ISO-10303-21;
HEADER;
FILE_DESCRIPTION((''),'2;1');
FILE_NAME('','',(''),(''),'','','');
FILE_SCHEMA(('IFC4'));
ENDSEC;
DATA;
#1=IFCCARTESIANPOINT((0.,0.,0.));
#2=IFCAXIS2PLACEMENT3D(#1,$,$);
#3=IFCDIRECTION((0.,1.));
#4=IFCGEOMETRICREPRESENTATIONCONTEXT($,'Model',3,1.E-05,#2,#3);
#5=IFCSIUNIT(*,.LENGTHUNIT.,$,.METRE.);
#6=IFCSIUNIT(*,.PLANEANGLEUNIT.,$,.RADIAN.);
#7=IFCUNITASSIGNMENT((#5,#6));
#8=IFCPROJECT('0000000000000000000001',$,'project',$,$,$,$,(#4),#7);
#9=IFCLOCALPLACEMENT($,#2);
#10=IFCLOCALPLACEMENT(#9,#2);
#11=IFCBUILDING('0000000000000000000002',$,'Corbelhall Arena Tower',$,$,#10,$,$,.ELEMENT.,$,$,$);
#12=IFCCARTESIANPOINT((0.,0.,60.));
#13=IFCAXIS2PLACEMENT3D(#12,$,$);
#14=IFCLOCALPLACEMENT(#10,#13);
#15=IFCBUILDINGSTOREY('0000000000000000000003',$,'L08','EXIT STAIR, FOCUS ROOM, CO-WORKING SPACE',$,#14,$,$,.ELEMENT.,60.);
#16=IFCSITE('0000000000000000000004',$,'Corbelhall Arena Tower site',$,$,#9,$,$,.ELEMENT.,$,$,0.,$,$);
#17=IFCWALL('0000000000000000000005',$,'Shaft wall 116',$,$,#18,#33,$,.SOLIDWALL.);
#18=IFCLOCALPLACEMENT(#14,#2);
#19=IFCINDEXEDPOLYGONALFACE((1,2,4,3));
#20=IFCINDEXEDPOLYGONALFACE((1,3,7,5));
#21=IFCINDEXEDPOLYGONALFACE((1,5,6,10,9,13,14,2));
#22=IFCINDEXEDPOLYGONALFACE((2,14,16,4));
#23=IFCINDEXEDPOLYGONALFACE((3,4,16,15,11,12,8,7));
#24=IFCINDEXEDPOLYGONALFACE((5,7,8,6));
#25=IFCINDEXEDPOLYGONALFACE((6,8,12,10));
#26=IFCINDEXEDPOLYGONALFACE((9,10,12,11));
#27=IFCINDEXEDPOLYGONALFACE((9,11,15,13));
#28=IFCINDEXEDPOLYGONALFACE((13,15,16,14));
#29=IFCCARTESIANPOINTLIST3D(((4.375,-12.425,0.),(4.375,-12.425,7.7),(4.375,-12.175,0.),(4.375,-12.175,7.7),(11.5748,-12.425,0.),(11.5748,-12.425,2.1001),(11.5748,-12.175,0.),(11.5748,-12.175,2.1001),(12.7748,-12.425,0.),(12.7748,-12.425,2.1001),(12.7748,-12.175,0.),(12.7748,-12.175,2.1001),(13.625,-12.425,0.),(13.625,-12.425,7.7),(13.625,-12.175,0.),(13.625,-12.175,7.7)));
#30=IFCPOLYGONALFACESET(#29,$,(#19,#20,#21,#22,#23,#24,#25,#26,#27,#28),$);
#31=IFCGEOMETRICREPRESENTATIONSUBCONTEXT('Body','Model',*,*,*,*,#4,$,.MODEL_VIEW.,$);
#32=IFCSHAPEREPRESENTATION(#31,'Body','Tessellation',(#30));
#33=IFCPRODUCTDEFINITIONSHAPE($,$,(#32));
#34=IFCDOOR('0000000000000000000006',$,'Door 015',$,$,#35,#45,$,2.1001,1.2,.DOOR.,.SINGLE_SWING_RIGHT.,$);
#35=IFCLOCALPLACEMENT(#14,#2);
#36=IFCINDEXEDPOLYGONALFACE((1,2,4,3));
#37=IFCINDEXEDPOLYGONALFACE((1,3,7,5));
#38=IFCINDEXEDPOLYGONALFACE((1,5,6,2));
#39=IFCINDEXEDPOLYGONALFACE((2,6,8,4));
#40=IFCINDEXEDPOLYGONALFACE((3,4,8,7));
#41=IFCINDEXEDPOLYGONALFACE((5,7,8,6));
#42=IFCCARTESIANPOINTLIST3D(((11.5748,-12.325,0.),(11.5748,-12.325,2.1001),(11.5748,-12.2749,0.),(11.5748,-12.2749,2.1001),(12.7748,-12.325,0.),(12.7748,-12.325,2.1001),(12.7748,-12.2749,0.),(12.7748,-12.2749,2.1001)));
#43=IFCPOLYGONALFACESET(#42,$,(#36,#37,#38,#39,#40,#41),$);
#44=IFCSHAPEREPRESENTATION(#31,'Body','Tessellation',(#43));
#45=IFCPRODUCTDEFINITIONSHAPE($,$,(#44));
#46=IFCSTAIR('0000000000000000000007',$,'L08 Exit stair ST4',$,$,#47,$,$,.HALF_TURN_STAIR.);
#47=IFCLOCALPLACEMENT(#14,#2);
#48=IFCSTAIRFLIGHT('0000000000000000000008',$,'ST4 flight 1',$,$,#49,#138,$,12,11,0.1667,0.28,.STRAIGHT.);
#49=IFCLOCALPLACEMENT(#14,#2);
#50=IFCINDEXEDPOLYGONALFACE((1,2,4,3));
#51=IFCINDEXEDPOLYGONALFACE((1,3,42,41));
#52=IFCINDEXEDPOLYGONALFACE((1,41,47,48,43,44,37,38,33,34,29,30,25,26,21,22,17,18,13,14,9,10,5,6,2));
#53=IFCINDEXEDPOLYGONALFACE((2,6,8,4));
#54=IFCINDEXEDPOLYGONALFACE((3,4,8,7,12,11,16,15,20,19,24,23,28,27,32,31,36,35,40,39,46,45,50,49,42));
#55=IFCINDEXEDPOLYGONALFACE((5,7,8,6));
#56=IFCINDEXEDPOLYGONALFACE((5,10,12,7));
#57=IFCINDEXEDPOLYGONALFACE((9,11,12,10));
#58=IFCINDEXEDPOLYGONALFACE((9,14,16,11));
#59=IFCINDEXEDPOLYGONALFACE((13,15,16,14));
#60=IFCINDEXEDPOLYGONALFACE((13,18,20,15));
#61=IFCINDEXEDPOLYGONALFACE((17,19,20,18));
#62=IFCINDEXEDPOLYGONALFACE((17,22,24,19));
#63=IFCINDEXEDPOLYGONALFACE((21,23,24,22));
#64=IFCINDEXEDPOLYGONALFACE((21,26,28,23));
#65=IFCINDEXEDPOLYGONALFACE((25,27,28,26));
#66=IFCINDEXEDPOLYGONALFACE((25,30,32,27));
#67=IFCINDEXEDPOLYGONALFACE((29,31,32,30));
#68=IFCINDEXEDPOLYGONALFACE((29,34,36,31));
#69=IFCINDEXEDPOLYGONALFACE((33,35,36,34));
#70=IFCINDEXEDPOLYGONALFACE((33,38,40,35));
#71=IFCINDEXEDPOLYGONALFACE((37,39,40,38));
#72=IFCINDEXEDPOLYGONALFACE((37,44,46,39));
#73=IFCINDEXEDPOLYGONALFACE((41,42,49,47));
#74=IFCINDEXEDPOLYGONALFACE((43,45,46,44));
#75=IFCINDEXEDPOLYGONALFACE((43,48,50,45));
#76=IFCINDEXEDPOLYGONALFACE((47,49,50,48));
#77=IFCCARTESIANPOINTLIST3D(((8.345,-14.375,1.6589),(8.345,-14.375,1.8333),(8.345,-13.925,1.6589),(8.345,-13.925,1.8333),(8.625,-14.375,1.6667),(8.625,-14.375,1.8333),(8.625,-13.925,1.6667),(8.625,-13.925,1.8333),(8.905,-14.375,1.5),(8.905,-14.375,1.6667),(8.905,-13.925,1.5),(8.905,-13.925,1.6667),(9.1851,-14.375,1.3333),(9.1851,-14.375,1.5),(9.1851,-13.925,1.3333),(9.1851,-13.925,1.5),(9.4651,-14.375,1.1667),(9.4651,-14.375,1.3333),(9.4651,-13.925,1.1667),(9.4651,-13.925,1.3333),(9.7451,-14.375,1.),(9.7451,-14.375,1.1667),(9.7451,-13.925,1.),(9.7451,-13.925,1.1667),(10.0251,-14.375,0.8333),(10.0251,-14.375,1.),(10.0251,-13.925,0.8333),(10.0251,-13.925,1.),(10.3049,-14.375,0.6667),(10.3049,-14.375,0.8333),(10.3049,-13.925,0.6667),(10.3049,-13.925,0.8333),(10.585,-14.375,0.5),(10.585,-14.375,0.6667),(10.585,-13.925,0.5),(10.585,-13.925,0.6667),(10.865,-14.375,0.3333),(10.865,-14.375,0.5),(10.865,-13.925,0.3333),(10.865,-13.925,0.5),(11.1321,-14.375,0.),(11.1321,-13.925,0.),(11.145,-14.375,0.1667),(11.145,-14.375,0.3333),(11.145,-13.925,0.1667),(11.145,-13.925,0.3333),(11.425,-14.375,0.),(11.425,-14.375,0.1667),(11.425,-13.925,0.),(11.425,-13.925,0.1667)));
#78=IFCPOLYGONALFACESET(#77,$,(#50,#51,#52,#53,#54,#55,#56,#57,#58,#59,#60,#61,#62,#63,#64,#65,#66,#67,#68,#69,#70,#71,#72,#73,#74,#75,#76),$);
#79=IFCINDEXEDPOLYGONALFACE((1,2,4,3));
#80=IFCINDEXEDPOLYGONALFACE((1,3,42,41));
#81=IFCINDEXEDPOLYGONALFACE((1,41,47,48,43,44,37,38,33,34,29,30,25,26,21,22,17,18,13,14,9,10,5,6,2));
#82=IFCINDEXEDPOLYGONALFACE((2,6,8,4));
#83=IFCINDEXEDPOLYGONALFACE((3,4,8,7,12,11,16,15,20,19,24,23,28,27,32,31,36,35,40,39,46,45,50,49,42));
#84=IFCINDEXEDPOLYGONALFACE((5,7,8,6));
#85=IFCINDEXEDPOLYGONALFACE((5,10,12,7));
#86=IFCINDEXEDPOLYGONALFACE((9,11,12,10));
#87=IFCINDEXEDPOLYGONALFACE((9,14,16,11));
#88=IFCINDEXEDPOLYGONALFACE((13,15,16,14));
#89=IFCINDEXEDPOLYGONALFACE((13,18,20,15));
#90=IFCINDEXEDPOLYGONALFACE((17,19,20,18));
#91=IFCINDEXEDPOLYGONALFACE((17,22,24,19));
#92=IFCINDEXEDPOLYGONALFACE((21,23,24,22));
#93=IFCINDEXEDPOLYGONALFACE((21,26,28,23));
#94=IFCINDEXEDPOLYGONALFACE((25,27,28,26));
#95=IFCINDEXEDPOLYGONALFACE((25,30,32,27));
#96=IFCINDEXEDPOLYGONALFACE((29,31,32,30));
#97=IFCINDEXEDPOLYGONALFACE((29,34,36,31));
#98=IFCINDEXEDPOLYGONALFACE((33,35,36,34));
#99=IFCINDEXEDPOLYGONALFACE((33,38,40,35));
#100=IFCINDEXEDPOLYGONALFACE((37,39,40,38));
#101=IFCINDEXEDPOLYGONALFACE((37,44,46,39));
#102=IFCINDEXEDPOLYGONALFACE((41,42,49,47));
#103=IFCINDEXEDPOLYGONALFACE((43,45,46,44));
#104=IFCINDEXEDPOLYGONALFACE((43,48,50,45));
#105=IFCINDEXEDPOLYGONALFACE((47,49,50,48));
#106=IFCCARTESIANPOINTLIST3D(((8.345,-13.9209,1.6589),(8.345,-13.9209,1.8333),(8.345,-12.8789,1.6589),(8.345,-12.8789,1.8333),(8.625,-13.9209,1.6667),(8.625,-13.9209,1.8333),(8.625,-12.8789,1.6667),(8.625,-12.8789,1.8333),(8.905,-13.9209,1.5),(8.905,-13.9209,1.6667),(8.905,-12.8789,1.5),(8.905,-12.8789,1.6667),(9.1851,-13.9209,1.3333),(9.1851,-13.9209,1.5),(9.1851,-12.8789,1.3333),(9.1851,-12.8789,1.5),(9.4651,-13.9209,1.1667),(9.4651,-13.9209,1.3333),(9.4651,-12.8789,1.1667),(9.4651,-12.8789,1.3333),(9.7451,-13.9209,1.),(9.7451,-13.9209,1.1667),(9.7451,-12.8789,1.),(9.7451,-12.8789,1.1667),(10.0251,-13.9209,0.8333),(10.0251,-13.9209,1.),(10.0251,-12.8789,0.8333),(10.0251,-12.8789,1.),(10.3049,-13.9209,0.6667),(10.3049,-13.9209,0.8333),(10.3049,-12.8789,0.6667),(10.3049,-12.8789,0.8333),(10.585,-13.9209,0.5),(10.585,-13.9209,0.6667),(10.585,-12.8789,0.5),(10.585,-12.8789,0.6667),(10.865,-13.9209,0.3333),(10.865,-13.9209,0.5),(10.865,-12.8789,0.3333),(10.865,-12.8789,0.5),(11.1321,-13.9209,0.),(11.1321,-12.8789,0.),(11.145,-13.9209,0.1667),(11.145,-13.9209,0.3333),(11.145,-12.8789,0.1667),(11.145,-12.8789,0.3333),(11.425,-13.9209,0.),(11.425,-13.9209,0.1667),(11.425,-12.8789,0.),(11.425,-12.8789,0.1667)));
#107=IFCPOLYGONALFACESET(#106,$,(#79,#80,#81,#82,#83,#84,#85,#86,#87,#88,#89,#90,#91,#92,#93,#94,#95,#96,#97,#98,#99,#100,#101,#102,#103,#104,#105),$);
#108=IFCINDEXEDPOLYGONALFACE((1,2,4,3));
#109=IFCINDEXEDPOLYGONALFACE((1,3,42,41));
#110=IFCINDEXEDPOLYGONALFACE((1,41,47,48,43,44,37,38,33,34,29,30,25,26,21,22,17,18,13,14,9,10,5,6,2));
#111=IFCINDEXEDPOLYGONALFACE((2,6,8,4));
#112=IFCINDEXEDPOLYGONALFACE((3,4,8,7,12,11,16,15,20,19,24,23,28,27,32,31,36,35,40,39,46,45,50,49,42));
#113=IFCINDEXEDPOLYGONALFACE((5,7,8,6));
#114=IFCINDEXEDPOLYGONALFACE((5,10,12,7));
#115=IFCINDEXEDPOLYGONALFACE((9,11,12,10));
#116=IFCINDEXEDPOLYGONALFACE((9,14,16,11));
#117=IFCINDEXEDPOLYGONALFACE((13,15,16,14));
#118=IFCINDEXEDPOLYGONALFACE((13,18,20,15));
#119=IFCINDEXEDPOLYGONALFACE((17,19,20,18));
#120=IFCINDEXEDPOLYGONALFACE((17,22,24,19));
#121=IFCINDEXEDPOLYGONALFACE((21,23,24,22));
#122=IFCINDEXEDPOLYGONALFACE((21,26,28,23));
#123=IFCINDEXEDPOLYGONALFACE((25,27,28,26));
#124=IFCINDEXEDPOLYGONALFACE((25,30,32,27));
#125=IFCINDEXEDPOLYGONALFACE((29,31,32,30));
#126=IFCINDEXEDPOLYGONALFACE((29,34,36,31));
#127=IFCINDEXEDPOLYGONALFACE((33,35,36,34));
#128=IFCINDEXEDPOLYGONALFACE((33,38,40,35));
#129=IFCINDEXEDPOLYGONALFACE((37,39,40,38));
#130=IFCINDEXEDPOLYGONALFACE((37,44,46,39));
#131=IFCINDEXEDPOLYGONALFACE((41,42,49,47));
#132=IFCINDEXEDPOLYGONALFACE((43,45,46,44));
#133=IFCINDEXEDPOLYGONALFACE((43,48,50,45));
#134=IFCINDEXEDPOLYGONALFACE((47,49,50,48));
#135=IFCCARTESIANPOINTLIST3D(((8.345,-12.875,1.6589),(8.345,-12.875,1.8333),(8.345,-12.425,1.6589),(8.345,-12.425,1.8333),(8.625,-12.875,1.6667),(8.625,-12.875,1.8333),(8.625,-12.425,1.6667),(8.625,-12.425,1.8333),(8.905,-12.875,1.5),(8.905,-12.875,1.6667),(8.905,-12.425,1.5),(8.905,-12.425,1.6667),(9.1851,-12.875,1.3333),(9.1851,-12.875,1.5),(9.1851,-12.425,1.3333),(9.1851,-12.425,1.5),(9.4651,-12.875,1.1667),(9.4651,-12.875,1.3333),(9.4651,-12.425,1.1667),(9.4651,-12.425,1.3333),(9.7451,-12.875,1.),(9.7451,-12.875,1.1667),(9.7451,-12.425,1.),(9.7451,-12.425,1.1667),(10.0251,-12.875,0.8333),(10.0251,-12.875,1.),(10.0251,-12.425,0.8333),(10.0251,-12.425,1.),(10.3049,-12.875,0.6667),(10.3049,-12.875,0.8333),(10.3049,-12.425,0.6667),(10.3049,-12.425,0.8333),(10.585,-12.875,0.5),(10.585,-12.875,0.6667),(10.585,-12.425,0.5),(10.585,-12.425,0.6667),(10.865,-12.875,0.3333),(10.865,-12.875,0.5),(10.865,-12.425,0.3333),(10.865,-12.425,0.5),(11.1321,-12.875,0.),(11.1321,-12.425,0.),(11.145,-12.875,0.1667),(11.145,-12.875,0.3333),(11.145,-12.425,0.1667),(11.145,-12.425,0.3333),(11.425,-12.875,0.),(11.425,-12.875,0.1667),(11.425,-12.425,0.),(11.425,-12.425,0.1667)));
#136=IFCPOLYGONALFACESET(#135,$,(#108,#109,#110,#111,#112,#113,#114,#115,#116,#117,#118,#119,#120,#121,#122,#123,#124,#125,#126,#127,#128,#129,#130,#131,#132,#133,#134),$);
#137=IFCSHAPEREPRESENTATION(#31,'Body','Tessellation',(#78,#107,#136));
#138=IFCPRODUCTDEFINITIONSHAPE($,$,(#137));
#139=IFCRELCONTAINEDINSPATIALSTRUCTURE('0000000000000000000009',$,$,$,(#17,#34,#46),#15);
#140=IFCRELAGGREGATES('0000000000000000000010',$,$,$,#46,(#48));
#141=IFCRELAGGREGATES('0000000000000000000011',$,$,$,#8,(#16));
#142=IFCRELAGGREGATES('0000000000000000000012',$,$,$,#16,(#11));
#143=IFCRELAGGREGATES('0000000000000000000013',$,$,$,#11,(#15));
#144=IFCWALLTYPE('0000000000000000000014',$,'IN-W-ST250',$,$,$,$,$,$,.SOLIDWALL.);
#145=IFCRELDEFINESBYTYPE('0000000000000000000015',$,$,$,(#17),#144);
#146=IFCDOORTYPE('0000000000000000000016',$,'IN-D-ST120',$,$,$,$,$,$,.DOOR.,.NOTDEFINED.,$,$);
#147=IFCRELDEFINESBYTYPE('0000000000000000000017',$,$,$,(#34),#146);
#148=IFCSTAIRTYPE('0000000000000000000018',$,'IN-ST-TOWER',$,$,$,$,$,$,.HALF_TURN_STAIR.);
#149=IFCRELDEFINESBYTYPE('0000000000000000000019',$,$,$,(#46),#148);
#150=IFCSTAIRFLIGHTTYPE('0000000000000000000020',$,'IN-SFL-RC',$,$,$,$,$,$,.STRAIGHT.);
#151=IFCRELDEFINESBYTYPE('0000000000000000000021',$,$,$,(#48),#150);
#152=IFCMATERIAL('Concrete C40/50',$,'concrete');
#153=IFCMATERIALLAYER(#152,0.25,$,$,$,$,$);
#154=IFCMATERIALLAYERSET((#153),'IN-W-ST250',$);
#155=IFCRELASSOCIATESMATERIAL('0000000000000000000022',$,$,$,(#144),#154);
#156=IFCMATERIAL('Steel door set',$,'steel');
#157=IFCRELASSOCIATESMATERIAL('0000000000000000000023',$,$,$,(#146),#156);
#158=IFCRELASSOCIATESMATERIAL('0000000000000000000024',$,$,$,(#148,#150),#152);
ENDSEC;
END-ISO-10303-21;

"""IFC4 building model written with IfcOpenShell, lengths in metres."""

from ifc_helpers import new_model, si_unit, direction, frame, frame_2d, origin, place, context, subcontext, project, spatial, polyline, rectangle, outline, extrude, material, layer, layer_set, type_object, element, fill, aggregate, save


model = new_model("IFC4")

# Units and contexts
model_context = context("Model", 3, precision=1e-05, world=origin(), true_north=direction((0.0, 1.0)))
body_context = subcontext(model_context, "Body", "Model", "MODEL_VIEW")
ifc_project = project(units=[si_unit("LENGTHUNIT", "METRE"), si_unit("PLANEANGLEUNIT", "RADIAN")], contexts=[model_context])

# Site, building, storey
site_placement = place(None, origin())
site = spatial("IfcSite", under=ifc_project, at=site_placement, Name="Corbelhall Arena Tower site", CompositionType="ELEMENT", RefElevation=0.0)
building_placement = place(site_placement, origin())
building = spatial("IfcBuilding", under=site, at=building_placement, Name="Corbelhall Arena Tower", CompositionType="ELEMENT")
storey_placement = place(building_placement, frame((0.0, 0.0, 60.0)))
storey = spatial("IfcBuildingStorey", under=building, at=storey_placement, Name="L08", Description="EXIT STAIR, FOCUS ROOM, CO-WORKING SPACE", CompositionType="ELEMENT", Elevation=60.0)

# Shared definitions
ifc_material_1 = material(Name="Steel door set", Category="steel")

# Shared definitions
ifc_material_2 = material(Name="Concrete C40/50", Category="concrete")
ifc_layer_1 = layer(ifc_material_2, 0.25)
ifc_layer_set_1 = layer_set([ifc_layer_1], Name="IN-W-ST250")
wall_type_1 = type_object("IfcWallType", Name="IN-W-ST250", PredefinedType="SOLIDWALL", material=ifc_layer_set_1)

# Wall, opening, door
wall_1_placement = place(storey_placement, frame((13.625, -12.3, 0.0), z_axis=(0.0, 0.0, 1.0), x_axis=(-1.0, 0.0, 0.0)))
wall_1 = element("IfcWall", 1, at=wall_1_placement, inside=storey, type_object=wall_type_1, Name="Shaft wall 116", PredefinedType="SOLIDWALL", context=body_context, shape_type="SweptSolid", body=[
    extrude(rectangle(XDim=9.25, YDim=0.25, at=frame_2d((4.625, 0.0))), origin(), (0.0, 0.0, 1.0), 7.7),
])
opening_1_placement = place(wall_1_placement, frame((0.8501, 0.0, 0.0)))
opening_1 = element("IfcOpeningElement", 2, at=opening_1_placement, cuts=wall_1, PredefinedType="OPENING", context=body_context, shape_type="SweptSolid", body=[
    extrude(rectangle(XDim=1.2, YDim=2.1001, at=frame_2d((0.6001, 1.05))), frame((0.0, 0.125, 0.0), z_axis=(0.0, -1.0, 0.0), x_axis=(1.0, 0.0, 0.0)), (0.0, 0.0, 1.0), 0.25),
])
door_type_1 = type_object("IfcDoorType", Name="IN-D-ST120", OperationType="NOTDEFINED", PredefinedType="DOOR", material=ifc_material_1)
door_1_placement = place(opening_1_placement, origin())
door_1 = element("IfcDoor", 3, at=door_1_placement, inside=storey, type_object=door_type_1, Name="Door 015", OperationType="SINGLE_SWING_RIGHT", OverallHeight=2.1001, OverallWidth=1.2, PredefinedType="DOOR", context=body_context, shape_type="SweptSolid", body=[
    extrude(rectangle(XDim=1.2, YDim=2.1001, at=frame_2d((0.6001, 1.05))), frame((0.0, 0.0249, 0.0), z_axis=(0.0, -1.0, 0.0), x_axis=(1.0, 0.0, 0.0)), (0.0, 0.0, 1.0), 0.05),
])
fill(opening_1, door_1)

# Stair, stair flight
stair_type = type_object("IfcStairType", Name="IN-ST-TOWER", PredefinedType="HALF_TURN_STAIR", material=ifc_material_2)
stair_placement = place(storey_placement, origin())
stair = element("IfcStair", 4, at=stair_placement, inside=storey, type_object=stair_type, Name="L08 Exit stair ST4", PredefinedType="HALF_TURN_STAIR")
stair_flight_type = type_object("IfcStairFlightType", Name="IN-SFL-RC", PredefinedType="STRAIGHT", material=ifc_material_2)
stair_flight_1_placement = place(storey_placement, frame((11.425, -13.3999, 0.0), z_axis=(0.0, 0.0, 1.0), x_axis=(-1.0, 0.0, 0.0)))
stair_flight_1 = element("IfcStairFlight", 5, at=stair_flight_1_placement, type_object=stair_flight_type, Name="ST4 flight 1", NumberOfRisers=12, NumberOfTreads=11, PredefinedType="STRAIGHT", RiserHeight=0.1667, TreadLength=0.28, context=body_context, shape_type="SweptSolid", body=[
    extrude(outline(polyline([(0.0, 0.0), (0.0, 0.1667), (0.28, 0.1667), (0.28, 0.3333), (0.5601, 0.3333), (0.5601, 0.5), (0.8401, 0.5), (0.8401, 0.6667), (1.1201, 0.6667), (1.1201, 0.8333), (1.3999, 0.8333), (1.3999, 1.0), (1.6799, 1.0), (1.6799, 1.1667), (1.96, 1.1667), (1.96, 1.3333), (2.24, 1.3333), (2.24, 1.5), (2.52, 1.5), (2.52, 1.6667), (2.8, 1.6667), (2.8, 1.8333), (3.0801, 1.8333), (3.0801, 2.0), (3.0801, 1.6589), (0.293, 0.0), (0.0, 0.0)])), frame((0.0, 0.9751, 0.0), z_axis=(0.0, -1.0, 0.0), x_axis=(1.0, 0.0, 0.0)), (0.0, 0.0, 1.0), 0.45),
    extrude(outline(polyline([(0.0, 0.0), (0.0, 0.1667), (0.28, 0.1667), (0.28, 0.3333), (0.5601, 0.3333), (0.5601, 0.5), (0.8401, 0.5), (0.8401, 0.6667), (1.1201, 0.6667), (1.1201, 0.8333), (1.3999, 0.8333), (1.3999, 1.0), (1.6799, 1.0), (1.6799, 1.1667), (1.96, 1.1667), (1.96, 1.3333), (2.24, 1.3333), (2.24, 1.5), (2.52, 1.5), (2.52, 1.6667), (2.8, 1.6667), (2.8, 1.8333), (3.0801, 1.8333), (3.0801, 2.0), (3.0801, 1.6589), (0.293, 0.0), (0.0, 0.0)])), frame((0.0, 0.521, 0.0), z_axis=(0.0, -1.0, 0.0), x_axis=(1.0, 0.0, 0.0)), (0.0, 0.0, 1.0), 1.042),
    extrude(outline(polyline([(0.0, 0.0), (0.0, 0.1667), (0.28, 0.1667), (0.28, 0.3333), (0.5601, 0.3333), (0.5601, 0.5), (0.8401, 0.5), (0.8401, 0.6667), (1.1201, 0.6667), (1.1201, 0.8333), (1.3999, 0.8333), (1.3999, 1.0), (1.6799, 1.0), (1.6799, 1.1667), (1.96, 1.1667), (1.96, 1.3333), (2.24, 1.3333), (2.24, 1.5), (2.52, 1.5), (2.52, 1.6667), (2.8, 1.6667), (2.8, 1.8333), (3.0801, 1.8333), (3.0801, 2.0), (3.0801, 1.6589), (0.293, 0.0), (0.0, 0.0)])), frame((0.0, -0.5249, 0.0), z_axis=(0.0, -1.0, 0.0), x_axis=(1.0, 0.0, 0.0)), (0.0, 0.0, 1.0), 0.45),
])
aggregate(stair, [stair_flight_1])

save(model, "model.ifc")
